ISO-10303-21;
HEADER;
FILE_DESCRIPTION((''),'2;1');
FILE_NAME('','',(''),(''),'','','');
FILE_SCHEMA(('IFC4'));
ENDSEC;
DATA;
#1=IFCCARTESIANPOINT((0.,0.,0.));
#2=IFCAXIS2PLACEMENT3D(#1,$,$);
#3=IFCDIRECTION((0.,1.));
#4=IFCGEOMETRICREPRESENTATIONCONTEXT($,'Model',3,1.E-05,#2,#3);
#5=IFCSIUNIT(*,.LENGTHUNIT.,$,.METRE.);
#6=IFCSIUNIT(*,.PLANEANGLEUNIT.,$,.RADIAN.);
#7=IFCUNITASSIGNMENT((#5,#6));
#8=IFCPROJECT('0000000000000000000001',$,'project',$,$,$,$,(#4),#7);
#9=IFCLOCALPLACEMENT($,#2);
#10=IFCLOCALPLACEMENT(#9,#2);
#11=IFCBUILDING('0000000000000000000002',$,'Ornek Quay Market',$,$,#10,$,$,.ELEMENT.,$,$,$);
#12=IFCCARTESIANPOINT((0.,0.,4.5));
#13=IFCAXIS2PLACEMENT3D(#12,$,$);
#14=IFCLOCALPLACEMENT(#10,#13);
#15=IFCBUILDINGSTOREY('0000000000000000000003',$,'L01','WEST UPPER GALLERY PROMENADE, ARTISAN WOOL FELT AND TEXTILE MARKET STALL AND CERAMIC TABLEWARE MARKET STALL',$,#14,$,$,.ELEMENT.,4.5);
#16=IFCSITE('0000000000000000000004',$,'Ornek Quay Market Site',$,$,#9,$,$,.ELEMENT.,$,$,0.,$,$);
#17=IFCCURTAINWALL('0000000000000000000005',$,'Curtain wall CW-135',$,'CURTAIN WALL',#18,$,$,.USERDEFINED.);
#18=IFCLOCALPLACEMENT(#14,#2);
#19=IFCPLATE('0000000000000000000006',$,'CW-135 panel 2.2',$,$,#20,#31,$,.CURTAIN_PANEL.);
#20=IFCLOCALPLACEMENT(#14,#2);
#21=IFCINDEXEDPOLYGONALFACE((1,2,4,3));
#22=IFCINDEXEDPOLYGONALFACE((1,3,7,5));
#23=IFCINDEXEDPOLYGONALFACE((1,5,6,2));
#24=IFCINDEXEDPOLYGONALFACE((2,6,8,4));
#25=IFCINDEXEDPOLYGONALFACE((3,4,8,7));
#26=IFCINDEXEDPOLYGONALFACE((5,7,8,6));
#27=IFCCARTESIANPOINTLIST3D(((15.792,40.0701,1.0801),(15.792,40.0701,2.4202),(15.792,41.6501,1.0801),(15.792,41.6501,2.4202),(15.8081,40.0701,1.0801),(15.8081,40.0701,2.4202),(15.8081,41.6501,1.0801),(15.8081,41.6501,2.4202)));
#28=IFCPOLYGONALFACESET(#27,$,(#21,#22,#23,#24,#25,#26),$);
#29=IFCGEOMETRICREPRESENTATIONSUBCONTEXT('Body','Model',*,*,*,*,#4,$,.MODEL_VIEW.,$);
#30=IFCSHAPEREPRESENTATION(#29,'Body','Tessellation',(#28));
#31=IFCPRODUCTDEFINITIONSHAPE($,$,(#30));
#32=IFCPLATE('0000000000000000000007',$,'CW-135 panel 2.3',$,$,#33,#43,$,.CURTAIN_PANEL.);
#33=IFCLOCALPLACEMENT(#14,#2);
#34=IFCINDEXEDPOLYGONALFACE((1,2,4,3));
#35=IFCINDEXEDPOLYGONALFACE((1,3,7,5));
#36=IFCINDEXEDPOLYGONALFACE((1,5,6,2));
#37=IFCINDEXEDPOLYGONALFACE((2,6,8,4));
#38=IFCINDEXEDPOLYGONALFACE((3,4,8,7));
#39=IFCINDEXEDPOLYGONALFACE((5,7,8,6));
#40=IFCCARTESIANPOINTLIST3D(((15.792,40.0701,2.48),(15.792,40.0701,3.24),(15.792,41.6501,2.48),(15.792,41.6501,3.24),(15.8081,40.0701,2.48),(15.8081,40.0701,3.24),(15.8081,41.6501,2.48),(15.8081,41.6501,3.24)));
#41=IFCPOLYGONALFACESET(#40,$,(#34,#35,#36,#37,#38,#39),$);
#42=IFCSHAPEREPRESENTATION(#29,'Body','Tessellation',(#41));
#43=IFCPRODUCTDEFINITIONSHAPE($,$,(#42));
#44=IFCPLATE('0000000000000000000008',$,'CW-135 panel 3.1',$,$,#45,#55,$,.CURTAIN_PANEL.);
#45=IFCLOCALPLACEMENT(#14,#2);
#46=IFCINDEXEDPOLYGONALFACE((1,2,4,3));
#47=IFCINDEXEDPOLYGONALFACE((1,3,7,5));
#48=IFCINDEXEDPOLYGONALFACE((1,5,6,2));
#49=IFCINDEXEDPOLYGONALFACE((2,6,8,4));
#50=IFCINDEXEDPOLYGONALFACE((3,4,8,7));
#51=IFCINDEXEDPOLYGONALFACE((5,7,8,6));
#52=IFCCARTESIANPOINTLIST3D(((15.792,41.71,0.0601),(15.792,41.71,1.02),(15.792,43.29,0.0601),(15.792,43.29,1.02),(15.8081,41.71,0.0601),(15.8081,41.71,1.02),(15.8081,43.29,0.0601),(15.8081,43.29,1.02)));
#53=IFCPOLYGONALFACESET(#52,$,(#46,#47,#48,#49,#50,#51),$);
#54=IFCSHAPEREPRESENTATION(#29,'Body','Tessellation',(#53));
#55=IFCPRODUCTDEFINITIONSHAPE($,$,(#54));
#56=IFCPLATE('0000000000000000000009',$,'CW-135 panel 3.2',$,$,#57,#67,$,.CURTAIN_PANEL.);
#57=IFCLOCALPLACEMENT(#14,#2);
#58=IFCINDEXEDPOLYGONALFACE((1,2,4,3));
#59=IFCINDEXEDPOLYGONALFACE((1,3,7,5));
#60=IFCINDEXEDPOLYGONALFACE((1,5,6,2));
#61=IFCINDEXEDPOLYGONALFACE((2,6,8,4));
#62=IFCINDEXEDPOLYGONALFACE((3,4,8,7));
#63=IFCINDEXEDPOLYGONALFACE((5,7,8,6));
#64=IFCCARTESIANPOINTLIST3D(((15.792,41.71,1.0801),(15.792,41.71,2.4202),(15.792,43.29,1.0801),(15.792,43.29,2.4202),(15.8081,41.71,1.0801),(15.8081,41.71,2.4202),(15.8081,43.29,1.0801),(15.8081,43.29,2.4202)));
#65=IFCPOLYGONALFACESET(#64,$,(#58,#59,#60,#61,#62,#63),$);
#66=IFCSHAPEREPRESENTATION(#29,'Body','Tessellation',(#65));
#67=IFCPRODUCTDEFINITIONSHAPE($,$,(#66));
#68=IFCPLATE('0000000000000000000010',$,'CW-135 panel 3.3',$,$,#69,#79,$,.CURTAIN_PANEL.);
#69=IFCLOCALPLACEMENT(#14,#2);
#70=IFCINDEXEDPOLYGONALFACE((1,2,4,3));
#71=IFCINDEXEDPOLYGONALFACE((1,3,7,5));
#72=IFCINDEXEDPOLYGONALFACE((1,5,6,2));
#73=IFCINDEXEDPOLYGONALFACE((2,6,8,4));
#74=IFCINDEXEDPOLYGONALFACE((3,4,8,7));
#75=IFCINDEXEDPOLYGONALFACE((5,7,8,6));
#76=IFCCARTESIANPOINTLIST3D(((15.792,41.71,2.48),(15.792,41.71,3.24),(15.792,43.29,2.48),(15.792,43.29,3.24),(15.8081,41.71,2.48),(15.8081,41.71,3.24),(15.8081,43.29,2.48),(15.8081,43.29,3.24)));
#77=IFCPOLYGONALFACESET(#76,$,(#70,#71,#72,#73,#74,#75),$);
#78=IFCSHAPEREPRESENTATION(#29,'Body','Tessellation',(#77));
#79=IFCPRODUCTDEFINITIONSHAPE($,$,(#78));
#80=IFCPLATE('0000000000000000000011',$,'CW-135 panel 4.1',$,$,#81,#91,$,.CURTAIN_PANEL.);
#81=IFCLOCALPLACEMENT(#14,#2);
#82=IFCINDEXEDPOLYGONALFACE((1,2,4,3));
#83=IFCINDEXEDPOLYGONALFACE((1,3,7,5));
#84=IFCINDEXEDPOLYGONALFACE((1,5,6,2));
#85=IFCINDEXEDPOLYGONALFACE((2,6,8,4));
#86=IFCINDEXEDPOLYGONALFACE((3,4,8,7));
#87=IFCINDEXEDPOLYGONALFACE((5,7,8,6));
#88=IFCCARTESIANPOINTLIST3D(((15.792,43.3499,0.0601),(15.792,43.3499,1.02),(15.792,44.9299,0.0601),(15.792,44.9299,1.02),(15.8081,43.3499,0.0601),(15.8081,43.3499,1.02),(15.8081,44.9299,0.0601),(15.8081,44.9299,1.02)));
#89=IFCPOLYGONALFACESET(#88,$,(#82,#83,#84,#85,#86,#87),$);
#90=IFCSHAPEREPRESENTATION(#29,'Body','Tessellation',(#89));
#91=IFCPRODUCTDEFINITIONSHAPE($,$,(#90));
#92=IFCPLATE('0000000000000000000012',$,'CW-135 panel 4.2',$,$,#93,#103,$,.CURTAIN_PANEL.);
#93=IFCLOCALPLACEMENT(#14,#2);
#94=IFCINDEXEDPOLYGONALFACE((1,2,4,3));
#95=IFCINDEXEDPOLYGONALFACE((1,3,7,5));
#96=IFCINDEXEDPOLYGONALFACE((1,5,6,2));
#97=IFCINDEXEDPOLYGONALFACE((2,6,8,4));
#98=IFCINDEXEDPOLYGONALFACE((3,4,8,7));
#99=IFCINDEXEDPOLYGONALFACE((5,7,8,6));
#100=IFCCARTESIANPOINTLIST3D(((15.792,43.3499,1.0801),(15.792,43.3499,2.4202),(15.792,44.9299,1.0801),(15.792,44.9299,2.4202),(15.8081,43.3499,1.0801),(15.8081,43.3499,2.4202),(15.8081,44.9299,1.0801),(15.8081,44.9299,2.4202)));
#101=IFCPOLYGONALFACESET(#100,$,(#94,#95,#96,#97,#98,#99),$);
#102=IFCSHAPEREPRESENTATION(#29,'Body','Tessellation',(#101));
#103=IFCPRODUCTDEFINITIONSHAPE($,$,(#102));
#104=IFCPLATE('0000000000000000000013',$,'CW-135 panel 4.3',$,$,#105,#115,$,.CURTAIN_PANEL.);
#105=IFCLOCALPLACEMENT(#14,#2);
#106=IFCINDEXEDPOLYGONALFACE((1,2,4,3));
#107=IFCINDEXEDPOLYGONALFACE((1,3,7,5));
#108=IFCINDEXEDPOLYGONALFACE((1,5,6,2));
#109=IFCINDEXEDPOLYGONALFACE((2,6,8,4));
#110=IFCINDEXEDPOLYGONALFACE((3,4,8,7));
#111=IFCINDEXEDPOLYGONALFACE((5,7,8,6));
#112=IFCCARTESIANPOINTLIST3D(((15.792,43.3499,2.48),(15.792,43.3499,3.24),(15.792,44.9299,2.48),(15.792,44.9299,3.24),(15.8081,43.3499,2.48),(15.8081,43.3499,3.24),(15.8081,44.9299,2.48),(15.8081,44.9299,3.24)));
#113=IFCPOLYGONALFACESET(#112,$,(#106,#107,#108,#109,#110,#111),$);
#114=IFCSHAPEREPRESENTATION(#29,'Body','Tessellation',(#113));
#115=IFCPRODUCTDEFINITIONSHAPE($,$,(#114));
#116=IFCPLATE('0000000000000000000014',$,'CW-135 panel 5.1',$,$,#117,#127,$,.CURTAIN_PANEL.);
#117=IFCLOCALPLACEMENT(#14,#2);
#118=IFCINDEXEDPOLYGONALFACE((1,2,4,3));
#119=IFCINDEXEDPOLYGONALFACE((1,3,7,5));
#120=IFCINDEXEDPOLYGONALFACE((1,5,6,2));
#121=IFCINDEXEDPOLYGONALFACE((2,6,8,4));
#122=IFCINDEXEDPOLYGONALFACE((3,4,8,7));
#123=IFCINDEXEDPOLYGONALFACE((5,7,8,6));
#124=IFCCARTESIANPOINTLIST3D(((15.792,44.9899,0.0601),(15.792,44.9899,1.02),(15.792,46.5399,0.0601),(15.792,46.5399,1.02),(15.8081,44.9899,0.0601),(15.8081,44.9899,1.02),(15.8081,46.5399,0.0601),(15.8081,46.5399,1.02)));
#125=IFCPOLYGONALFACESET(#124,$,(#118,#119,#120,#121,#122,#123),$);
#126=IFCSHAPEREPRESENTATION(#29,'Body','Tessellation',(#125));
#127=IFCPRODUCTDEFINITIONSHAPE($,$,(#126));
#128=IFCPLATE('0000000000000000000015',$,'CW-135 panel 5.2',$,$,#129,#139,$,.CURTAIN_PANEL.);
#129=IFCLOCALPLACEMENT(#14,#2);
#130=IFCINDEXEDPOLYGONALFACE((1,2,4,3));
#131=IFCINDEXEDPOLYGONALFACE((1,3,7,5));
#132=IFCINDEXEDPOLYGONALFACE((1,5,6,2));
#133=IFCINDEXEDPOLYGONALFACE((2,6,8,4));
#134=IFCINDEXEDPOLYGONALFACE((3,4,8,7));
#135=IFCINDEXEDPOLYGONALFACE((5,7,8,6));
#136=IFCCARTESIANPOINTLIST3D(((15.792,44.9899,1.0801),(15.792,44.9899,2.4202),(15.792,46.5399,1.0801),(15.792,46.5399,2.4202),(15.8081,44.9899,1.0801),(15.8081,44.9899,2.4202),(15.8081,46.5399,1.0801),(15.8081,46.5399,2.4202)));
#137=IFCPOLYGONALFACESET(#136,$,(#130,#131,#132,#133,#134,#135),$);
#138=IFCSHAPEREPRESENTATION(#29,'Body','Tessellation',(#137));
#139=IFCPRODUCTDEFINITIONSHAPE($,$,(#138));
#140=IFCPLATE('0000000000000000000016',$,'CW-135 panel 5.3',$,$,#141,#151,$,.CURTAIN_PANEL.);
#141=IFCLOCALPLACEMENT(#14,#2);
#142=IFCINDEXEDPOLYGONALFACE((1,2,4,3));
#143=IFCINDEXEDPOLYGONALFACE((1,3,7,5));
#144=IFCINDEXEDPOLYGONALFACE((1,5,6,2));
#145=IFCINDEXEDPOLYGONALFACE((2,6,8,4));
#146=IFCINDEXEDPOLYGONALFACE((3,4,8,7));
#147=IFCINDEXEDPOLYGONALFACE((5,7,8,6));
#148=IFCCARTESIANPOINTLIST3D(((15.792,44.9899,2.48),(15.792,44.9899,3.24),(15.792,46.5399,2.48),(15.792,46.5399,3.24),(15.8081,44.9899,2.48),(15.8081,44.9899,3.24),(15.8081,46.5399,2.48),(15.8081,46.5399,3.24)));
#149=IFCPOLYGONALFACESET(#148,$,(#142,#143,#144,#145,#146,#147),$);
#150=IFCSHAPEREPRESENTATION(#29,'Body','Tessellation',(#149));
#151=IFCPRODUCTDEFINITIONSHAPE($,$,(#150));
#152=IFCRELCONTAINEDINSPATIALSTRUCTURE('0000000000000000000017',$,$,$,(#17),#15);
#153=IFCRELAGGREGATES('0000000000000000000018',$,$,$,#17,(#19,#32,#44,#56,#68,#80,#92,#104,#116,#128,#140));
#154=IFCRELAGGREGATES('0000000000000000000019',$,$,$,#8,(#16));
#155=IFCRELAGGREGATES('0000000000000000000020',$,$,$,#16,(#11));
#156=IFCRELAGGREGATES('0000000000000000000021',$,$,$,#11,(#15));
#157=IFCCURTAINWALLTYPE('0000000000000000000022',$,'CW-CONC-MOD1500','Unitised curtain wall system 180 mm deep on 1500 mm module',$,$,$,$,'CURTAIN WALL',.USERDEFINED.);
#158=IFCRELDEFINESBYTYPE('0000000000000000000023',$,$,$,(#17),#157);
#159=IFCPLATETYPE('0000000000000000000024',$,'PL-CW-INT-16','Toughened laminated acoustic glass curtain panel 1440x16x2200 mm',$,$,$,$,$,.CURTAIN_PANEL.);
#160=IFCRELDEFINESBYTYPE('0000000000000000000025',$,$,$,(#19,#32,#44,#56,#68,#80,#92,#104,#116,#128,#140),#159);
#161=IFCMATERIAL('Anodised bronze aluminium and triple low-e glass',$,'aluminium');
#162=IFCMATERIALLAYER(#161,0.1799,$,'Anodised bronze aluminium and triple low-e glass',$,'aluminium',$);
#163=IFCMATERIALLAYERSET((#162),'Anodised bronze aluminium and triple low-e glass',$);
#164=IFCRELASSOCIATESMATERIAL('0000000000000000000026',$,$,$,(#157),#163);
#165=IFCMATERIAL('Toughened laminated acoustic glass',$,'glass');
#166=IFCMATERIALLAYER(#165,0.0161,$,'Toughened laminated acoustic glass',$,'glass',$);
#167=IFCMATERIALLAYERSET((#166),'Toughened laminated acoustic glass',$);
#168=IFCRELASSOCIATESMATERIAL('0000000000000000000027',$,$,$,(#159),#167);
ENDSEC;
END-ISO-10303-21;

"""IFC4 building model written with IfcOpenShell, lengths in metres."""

from ifc_helpers import new_model, si_unit, direction, frame, origin, origin_2d, place, context, subcontext, project, spatial, rectangle, extrude, material, layer, layer_set, type_object, element, aggregate, save


model = new_model("IFC4")

# Units and contexts
model_context = context("Model", 3, precision=1e-05, world=origin(), true_north=direction((0.0, 1.0)))
body_context = subcontext(model_context, "Body", "Model", "MODEL_VIEW")
ifc_project = project(units=[si_unit("LENGTHUNIT", "METRE"), si_unit("PLANEANGLEUNIT", "RADIAN")], contexts=[model_context])

# Site, building, storey
site_placement = place(None, origin())
site = spatial("IfcSite", under=ifc_project, at=site_placement, Name="Ornek Quay Market Site", CompositionType="ELEMENT", RefElevation=0.0)
building_placement = place(site_placement, origin())
building = spatial("IfcBuilding", under=site, at=building_placement, Name="Ornek Quay Market", CompositionType="ELEMENT")
storey_placement = place(building_placement, frame((0.0, 0.0, 4.5)))
storey = spatial("IfcBuildingStorey", under=building, at=storey_placement, Name="L01", Description="WEST UPPER GALLERY PROMENADE, ARTISAN WOOL FELT AND TEXTILE MARKET STALL AND CERAMIC TABLEWARE MARKET STALL", CompositionType="ELEMENT", Elevation=4.5)

# Curtain wall, plates
ifc_material_1 = material(Name="Anodised bronze aluminium and triple low-e glass", Category="aluminium")
ifc_layer_1 = layer(ifc_material_1, 0.1799, Name="Anodised bronze aluminium and triple low-e glass", Category="aluminium")
ifc_layer_set_1 = layer_set([ifc_layer_1], Name="Anodised bronze aluminium and triple low-e glass")
curtain_wall_type = type_object("IfcCurtainWallType", Name="CW-CONC-MOD1500", Description="Unitised curtain wall system 180 mm deep on 1500 mm module", ElementType="CURTAIN WALL", PredefinedType="USERDEFINED", material=ifc_layer_set_1)
curtain_wall_placement = place(storey_placement, origin())
curtain_wall = element("IfcCurtainWall", 1, at=curtain_wall_placement, inside=storey, type_object=curtain_wall_type, Name="Curtain wall CW-135", ObjectType="CURTAIN WALL", PredefinedType="USERDEFINED")
ifc_material_2 = material(Name="Toughened laminated acoustic glass", Category="glass")
ifc_layer_2 = layer(ifc_material_2, 0.0161, Name="Toughened laminated acoustic glass", Category="glass")
ifc_layer_set_2 = layer_set([ifc_layer_2], Name="Toughened laminated acoustic glass")
plate_type = type_object("IfcPlateType", Name="PL-CW-INT-16", Description="Toughened laminated acoustic glass curtain panel 1440x16x2200 mm", PredefinedType="CURTAIN_PANEL", material=ifc_layer_set_2)
plate_1_placement = place(storey_placement, frame((15.8, 40.8601, 1.0801), z_axis=(0.0, 0.0, 1.0), x_axis=(0.0, 1.0, 0.0)))
plate_1 = element("IfcPlate", 2, at=plate_1_placement, type_object=plate_type, Name="CW-135 panel 2.2", PredefinedType="CURTAIN_PANEL", context=body_context, shape_type="SweptSolid", body=[
    extrude(rectangle(XDim=1.5801, YDim=0.0161, at=origin_2d()), origin(), (0.0, 0.0, 1.0), 1.3401),
])
plate_2_placement = place(storey_placement, frame((15.8, 40.8601, 2.48), z_axis=(0.0, 0.0, 1.0), x_axis=(0.0, 1.0, 0.0)))
plate_2 = element("IfcPlate", 3, at=plate_2_placement, type_object=plate_type, Name="CW-135 panel 2.3", PredefinedType="CURTAIN_PANEL", context=body_context, shape_type="SweptSolid", body=[
    extrude(rectangle(XDim=1.5801, YDim=0.0161, at=origin_2d()), origin(), (0.0, 0.0, 1.0), 0.76),
])
plate_3_placement = place(storey_placement, frame((15.8, 42.5, 0.0601), z_axis=(0.0, 0.0, 1.0), x_axis=(0.0, 1.0, 0.0)))
plate_3 = element("IfcPlate", 4, at=plate_3_placement, type_object=plate_type, Name="CW-135 panel 3.1", PredefinedType="CURTAIN_PANEL", context=body_context, shape_type="SweptSolid", body=[
    extrude(rectangle(XDim=1.5801, YDim=0.0161, at=origin_2d()), origin(), (0.0, 0.0, 1.0), 0.96),
])
plate_4_placement = place(storey_placement, frame((15.8, 42.5, 1.0801), z_axis=(0.0, 0.0, 1.0), x_axis=(0.0, 1.0, 0.0)))
plate_4 = element("IfcPlate", 5, at=plate_4_placement, type_object=plate_type, Name="CW-135 panel 3.2", PredefinedType="CURTAIN_PANEL", context=body_context, shape_type="SweptSolid", body=[
    extrude(rectangle(XDim=1.5801, YDim=0.0161, at=origin_2d()), origin(), (0.0, 0.0, 1.0), 1.3401),
])
plate_5_placement = place(storey_placement, frame((15.8, 42.5, 2.48), z_axis=(0.0, 0.0, 1.0), x_axis=(0.0, 1.0, 0.0)))
plate_5 = element("IfcPlate", 6, at=plate_5_placement, type_object=plate_type, Name="CW-135 panel 3.3", PredefinedType="CURTAIN_PANEL", context=body_context, shape_type="SweptSolid", body=[
    extrude(rectangle(XDim=1.5801, YDim=0.0161, at=origin_2d()), origin(), (0.0, 0.0, 1.0), 0.76),
])
plate_6_placement = place(storey_placement, frame((15.8, 44.1399, 0.0601), z_axis=(0.0, 0.0, 1.0), x_axis=(0.0, 1.0, 0.0)))
plate_6 = element("IfcPlate", 7, at=plate_6_placement, type_object=plate_type, Name="CW-135 panel 4.1", PredefinedType="CURTAIN_PANEL", context=body_context, shape_type="SweptSolid", body=[
    extrude(rectangle(XDim=1.5801, YDim=0.0161, at=origin_2d()), origin(), (0.0, 0.0, 1.0), 0.96),
])
plate_7_placement = place(storey_placement, frame((15.8, 44.1399, 1.0801), z_axis=(0.0, 0.0, 1.0), x_axis=(0.0, 1.0, 0.0)))
plate_7 = element("IfcPlate", 8, at=plate_7_placement, type_object=plate_type, Name="CW-135 panel 4.2", PredefinedType="CURTAIN_PANEL", context=body_context, shape_type="SweptSolid", body=[
    extrude(rectangle(XDim=1.5801, YDim=0.0161, at=origin_2d()), origin(), (0.0, 0.0, 1.0), 1.3401),
])
plate_8_placement = place(storey_placement, frame((15.8, 44.1399, 2.48), z_axis=(0.0, 0.0, 1.0), x_axis=(0.0, 1.0, 0.0)))
plate_8 = element("IfcPlate", 9, at=plate_8_placement, type_object=plate_type, Name="CW-135 panel 4.3", PredefinedType="CURTAIN_PANEL", context=body_context, shape_type="SweptSolid", body=[
    extrude(rectangle(XDim=1.5801, YDim=0.0161, at=origin_2d()), origin(), (0.0, 0.0, 1.0), 0.76),
])
plate_9_placement = place(storey_placement, frame((15.8, 45.7649, 0.0601), z_axis=(0.0, 0.0, 1.0), x_axis=(0.0, 1.0, 0.0)))
plate_9 = element("IfcPlate", 10, at=plate_9_placement, type_object=plate_type, Name="CW-135 panel 5.1", PredefinedType="CURTAIN_PANEL", context=body_context, shape_type="SweptSolid", body=[
    extrude(rectangle(XDim=1.55, YDim=0.0161, at=origin_2d()), origin(), (0.0, 0.0, 1.0), 0.96),
])
plate_10_placement = place(storey_placement, frame((15.8, 45.7649, 1.0801), z_axis=(0.0, 0.0, 1.0), x_axis=(0.0, 1.0, 0.0)))
plate_10 = element("IfcPlate", 11, at=plate_10_placement, type_object=plate_type, Name="CW-135 panel 5.2", PredefinedType="CURTAIN_PANEL", context=body_context, shape_type="SweptSolid", body=[
    extrude(rectangle(XDim=1.55, YDim=0.0161, at=origin_2d()), origin(), (0.0, 0.0, 1.0), 1.3401),
])
plate_11_placement = place(storey_placement, frame((15.8, 45.7649, 2.48), z_axis=(0.0, 0.0, 1.0), x_axis=(0.0, 1.0, 0.0)))
plate_11 = element("IfcPlate", 12, at=plate_11_placement, type_object=plate_type, Name="CW-135 panel 5.3", PredefinedType="CURTAIN_PANEL", context=body_context, shape_type="SweptSolid", body=[
    extrude(rectangle(XDim=1.55, YDim=0.0161, at=origin_2d()), origin(), (0.0, 0.0, 1.0), 0.76),
])
aggregate(curtain_wall, [plate_1, plate_2, plate_3, plate_4, plate_5, plate_6, plate_7, plate_8, plate_9, plate_10, plate_11])

save(model, "model.ifc")
